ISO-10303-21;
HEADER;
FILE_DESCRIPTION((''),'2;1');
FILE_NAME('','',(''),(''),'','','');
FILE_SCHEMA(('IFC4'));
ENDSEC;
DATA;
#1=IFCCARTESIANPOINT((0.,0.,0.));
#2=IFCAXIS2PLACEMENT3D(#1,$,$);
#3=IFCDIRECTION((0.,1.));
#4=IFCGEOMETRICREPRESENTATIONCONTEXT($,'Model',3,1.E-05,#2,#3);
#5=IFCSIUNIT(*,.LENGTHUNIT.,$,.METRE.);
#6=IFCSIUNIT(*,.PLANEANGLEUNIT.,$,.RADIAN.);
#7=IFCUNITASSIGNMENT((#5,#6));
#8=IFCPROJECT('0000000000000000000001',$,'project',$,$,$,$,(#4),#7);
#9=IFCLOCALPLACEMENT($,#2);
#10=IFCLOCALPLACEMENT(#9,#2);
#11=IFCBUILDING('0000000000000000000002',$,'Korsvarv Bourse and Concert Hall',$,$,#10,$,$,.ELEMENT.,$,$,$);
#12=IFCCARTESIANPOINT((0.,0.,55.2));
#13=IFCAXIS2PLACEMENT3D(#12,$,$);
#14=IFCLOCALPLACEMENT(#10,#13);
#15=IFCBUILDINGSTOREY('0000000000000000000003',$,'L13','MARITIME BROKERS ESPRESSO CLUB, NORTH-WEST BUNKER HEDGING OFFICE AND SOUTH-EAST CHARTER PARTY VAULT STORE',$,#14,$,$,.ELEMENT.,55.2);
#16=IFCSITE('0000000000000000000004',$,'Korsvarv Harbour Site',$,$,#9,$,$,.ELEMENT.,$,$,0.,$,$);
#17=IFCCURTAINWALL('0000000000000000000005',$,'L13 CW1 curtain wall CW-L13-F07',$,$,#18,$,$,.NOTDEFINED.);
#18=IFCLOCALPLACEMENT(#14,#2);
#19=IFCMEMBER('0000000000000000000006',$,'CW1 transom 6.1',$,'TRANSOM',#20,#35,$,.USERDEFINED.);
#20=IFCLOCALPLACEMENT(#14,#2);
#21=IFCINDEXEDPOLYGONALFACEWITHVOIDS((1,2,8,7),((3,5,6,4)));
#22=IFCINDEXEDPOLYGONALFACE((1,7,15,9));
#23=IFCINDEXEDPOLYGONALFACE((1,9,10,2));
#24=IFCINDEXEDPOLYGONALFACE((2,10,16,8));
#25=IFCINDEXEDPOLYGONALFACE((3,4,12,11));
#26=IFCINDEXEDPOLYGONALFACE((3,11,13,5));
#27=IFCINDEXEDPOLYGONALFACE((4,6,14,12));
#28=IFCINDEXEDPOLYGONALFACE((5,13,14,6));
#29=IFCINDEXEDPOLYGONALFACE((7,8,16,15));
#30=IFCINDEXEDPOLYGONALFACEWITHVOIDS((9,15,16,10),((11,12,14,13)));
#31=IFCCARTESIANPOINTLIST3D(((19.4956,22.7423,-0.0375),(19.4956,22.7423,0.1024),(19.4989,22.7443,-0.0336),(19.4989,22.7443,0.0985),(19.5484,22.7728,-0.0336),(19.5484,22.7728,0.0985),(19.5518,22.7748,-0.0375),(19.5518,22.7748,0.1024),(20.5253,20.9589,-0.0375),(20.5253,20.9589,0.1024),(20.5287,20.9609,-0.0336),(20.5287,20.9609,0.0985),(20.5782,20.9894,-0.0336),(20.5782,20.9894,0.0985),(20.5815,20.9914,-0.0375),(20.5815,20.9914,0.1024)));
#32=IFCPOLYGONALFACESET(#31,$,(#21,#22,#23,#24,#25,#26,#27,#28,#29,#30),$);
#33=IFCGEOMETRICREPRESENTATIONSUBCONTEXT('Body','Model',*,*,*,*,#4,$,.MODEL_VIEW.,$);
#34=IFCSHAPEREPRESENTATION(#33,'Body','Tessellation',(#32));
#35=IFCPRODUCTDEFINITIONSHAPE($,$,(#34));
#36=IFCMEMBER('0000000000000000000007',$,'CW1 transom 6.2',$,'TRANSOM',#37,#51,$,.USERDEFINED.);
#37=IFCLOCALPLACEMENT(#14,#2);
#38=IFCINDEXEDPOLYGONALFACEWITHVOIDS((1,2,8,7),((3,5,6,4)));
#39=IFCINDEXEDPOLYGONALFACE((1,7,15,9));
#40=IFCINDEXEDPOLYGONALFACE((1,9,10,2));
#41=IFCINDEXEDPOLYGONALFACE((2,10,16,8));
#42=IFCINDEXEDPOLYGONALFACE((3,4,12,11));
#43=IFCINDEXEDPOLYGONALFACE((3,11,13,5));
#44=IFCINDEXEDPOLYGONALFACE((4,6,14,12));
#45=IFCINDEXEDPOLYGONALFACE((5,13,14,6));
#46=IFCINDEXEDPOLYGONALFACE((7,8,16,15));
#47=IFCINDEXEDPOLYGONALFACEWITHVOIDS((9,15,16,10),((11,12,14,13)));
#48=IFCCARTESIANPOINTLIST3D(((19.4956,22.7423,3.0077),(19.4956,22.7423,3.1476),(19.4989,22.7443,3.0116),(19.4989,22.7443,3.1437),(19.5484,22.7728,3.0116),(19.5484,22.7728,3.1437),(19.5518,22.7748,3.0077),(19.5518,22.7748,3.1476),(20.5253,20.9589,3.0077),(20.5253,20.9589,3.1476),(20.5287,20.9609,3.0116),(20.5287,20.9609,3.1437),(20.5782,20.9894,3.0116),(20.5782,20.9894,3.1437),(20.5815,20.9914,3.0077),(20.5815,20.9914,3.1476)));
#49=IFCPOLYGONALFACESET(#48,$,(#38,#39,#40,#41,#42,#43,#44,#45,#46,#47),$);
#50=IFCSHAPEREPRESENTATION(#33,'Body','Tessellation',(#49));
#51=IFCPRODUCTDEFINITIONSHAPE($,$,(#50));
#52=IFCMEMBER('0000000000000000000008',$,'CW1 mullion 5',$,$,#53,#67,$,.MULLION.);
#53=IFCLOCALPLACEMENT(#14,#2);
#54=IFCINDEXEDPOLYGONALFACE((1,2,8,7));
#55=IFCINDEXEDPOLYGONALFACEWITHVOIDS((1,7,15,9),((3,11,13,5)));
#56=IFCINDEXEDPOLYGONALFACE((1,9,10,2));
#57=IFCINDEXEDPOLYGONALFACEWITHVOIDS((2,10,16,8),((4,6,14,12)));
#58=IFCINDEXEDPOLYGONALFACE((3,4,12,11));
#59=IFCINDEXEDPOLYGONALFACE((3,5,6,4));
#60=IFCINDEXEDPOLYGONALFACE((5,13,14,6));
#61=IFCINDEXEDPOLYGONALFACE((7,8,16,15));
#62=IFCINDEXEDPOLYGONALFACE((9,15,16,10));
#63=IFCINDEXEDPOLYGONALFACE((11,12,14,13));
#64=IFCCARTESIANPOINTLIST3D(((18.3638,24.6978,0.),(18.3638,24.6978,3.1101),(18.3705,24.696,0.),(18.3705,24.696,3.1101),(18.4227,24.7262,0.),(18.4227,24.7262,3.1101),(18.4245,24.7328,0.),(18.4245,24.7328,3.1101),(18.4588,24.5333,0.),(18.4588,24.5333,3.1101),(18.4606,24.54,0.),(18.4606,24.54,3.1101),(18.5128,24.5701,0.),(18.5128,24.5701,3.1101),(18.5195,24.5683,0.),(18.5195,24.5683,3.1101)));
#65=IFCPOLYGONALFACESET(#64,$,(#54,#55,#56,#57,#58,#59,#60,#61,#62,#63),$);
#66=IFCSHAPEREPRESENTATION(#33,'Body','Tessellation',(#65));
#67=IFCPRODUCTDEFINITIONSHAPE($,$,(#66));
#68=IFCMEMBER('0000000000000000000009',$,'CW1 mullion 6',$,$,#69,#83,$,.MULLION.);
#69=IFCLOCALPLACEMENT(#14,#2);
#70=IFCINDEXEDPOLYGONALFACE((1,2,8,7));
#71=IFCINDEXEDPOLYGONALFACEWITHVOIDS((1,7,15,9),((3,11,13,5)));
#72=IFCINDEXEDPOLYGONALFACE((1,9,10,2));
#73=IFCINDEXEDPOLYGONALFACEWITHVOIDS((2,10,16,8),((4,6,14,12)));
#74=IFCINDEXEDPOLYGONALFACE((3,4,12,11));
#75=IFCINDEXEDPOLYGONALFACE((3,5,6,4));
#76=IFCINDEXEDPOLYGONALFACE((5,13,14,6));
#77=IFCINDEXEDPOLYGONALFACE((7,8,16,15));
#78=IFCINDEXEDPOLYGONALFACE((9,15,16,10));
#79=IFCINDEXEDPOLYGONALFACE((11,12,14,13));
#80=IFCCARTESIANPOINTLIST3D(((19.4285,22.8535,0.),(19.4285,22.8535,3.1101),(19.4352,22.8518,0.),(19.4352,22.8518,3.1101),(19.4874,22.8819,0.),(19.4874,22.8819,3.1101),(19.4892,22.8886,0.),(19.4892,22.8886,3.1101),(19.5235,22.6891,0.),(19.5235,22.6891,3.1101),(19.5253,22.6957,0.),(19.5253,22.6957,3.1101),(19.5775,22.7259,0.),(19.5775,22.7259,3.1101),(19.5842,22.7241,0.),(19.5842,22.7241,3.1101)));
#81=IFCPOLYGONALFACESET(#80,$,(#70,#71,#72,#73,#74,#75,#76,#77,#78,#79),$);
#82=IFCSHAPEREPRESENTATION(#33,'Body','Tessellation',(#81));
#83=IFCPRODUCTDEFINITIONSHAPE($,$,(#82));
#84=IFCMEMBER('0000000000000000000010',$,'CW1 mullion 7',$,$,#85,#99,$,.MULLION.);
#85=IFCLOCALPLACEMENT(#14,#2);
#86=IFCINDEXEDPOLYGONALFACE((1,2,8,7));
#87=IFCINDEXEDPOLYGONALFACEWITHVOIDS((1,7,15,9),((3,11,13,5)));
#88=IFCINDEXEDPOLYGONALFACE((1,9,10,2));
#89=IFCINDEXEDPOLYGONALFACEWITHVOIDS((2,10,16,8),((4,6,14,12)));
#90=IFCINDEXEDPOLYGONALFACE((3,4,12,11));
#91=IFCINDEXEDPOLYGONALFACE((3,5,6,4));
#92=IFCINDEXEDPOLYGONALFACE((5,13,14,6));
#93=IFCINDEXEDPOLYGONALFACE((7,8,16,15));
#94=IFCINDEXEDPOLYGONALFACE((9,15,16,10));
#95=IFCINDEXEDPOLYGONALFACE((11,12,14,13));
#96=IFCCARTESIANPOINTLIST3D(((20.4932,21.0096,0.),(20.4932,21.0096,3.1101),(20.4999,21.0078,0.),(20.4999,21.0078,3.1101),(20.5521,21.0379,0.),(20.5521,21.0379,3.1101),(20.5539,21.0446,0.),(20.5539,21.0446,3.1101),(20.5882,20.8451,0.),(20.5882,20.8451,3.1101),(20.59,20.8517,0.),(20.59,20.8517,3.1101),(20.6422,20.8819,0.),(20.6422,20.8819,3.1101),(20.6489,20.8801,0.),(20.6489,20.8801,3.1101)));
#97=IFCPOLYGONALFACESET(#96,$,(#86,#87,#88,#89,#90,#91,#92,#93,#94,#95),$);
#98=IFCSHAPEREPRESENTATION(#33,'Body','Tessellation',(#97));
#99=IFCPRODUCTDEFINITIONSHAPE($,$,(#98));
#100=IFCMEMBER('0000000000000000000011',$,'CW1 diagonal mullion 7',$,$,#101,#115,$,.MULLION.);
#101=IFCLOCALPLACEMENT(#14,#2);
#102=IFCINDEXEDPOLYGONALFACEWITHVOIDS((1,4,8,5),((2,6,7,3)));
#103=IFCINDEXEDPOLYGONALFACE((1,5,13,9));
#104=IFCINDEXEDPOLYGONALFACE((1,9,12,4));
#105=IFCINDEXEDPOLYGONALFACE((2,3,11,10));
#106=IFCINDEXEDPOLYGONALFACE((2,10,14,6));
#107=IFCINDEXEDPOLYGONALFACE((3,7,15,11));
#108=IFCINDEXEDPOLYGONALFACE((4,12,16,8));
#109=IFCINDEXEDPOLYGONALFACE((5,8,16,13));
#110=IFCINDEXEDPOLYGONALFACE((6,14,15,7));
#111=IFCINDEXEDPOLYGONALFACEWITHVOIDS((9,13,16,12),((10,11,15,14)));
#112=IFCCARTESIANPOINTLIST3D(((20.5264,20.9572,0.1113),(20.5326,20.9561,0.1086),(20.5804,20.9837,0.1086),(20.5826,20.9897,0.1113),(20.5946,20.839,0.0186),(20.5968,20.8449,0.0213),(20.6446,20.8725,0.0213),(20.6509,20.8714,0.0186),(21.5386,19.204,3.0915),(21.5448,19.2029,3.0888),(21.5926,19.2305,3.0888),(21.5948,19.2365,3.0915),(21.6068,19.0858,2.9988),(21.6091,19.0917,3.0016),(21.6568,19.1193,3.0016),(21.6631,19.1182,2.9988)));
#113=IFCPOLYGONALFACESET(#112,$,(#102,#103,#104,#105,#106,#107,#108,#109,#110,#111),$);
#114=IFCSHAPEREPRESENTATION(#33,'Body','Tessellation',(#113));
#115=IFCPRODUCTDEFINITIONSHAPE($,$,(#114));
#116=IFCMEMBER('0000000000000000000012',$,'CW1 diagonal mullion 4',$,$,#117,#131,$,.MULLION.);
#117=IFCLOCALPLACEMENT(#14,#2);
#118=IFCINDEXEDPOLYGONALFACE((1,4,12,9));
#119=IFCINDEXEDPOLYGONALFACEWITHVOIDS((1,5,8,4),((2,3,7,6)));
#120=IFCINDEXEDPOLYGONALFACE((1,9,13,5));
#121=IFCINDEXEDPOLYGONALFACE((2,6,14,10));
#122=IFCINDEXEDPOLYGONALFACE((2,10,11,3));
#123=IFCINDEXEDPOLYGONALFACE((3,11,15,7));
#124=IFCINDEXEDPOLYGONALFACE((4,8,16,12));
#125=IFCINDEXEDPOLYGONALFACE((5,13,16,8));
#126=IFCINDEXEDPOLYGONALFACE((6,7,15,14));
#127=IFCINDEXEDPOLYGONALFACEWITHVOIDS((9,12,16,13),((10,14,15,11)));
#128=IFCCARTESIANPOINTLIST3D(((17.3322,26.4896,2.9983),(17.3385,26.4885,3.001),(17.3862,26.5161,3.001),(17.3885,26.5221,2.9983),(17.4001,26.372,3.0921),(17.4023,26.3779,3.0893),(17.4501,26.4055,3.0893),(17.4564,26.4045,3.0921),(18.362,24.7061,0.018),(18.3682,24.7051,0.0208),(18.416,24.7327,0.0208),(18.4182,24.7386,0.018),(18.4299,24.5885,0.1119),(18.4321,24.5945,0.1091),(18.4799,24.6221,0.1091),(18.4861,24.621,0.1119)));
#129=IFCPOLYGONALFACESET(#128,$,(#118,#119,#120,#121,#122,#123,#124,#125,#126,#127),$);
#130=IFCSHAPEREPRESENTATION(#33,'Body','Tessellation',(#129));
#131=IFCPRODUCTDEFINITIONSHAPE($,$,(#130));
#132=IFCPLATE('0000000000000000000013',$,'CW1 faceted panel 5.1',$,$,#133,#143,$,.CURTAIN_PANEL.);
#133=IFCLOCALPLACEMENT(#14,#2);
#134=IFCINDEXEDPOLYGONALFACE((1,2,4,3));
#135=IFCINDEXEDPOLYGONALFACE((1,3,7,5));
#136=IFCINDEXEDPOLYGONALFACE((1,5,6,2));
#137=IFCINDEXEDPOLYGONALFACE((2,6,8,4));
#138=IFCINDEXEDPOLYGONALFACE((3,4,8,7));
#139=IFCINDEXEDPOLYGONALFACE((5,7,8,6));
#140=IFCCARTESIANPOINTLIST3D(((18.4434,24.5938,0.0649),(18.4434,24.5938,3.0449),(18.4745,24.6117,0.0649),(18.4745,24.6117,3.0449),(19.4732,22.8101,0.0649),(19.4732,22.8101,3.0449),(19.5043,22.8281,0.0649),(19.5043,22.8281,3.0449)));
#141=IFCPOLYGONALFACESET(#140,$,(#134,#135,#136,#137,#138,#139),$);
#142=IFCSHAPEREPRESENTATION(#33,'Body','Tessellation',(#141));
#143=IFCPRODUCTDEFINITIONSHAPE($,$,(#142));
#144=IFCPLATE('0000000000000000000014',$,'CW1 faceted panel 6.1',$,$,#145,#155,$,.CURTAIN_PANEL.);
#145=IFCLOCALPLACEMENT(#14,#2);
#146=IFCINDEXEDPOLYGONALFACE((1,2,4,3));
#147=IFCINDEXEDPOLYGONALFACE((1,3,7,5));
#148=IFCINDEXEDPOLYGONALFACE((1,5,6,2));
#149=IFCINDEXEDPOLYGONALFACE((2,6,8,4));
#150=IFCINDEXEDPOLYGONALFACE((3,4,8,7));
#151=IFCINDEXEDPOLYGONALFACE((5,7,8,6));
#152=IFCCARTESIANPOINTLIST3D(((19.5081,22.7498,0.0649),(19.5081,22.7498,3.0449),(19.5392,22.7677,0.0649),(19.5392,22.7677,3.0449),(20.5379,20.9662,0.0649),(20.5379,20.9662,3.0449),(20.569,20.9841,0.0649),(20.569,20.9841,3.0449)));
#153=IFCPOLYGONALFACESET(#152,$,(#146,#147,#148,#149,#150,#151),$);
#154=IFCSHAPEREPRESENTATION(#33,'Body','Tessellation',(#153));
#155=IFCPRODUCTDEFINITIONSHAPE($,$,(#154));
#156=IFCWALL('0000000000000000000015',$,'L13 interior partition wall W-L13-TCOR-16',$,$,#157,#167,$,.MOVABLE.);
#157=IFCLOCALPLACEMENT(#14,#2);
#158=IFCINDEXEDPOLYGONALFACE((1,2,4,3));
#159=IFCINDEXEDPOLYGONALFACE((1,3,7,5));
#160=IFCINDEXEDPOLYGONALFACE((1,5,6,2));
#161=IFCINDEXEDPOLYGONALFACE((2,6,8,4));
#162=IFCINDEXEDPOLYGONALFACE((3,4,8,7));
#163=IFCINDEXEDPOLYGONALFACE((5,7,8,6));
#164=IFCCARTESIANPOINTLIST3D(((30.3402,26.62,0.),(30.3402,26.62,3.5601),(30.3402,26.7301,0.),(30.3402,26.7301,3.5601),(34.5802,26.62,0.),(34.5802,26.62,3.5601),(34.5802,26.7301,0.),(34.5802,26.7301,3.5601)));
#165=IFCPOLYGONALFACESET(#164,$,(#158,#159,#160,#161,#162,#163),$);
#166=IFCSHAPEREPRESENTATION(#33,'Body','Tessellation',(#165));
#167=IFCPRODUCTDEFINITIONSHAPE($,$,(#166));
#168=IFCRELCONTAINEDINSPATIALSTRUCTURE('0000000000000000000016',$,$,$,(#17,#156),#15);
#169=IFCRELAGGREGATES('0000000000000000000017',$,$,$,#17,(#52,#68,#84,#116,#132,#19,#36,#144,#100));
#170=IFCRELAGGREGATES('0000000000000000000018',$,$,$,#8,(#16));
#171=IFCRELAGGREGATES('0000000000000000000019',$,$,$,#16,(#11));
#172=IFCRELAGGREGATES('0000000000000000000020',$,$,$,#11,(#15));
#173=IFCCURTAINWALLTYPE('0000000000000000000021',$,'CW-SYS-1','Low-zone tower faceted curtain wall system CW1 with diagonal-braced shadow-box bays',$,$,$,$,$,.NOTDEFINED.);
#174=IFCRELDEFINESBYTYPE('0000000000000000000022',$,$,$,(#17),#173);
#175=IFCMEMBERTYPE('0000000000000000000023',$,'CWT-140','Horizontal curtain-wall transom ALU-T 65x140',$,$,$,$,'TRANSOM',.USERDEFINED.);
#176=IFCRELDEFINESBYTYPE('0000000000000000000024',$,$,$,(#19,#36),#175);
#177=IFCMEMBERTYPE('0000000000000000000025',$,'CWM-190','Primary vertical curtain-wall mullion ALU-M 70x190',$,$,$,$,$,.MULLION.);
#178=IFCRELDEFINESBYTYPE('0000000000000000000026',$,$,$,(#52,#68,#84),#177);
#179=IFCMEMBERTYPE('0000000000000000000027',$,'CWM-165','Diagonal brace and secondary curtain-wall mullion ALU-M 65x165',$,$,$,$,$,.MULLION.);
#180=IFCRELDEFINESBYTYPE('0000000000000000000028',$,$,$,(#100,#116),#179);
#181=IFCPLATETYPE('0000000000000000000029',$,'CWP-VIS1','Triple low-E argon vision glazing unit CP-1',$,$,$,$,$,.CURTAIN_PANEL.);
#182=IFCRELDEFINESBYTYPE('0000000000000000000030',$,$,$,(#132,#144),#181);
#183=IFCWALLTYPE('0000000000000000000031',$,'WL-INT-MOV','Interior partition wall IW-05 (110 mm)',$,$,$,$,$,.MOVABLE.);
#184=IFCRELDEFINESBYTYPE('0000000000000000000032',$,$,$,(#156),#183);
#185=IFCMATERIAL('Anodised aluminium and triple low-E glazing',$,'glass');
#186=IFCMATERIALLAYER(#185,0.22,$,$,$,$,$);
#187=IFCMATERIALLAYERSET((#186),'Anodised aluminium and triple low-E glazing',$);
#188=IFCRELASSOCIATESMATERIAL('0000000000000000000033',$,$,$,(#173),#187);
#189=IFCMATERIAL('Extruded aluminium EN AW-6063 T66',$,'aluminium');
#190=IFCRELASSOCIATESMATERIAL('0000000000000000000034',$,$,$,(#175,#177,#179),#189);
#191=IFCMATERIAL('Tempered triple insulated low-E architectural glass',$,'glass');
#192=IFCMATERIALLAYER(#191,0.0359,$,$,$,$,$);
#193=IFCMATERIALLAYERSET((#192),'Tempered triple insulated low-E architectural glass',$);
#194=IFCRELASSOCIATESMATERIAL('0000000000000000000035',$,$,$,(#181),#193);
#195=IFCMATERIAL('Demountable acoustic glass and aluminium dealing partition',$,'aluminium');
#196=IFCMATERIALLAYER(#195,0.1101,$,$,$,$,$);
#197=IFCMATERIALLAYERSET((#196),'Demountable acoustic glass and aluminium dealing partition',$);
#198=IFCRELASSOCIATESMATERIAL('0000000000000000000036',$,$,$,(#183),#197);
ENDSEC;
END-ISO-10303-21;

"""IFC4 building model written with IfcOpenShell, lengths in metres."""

from ifc_helpers import new_model, si_unit, direction, frame, frame_2d, origin, origin_2d, place, context, subcontext, project, spatial, rectangle, hollow_rectangle, extrude, source, transform, mapped, material, layer, layer_set, material_profile, profile_set, type_object, element, aggregate, save


model = new_model("IFC4")

# Units and contexts
model_context = context("Model", 3, precision=1e-05, world=origin(), true_north=direction((0.0, 1.0)))
body_context = subcontext(model_context, "Body", "Model", "MODEL_VIEW")
ifc_project = project(units=[si_unit("LENGTHUNIT", "METRE"), si_unit("PLANEANGLEUNIT", "RADIAN")], contexts=[model_context])

# Site, building, storey
site_placement = place(None, origin())
site = spatial("IfcSite", under=ifc_project, at=site_placement, Name="Korsvarv Harbour Site", CompositionType="ELEMENT", RefElevation=0.0)
building_placement = place(site_placement, origin())
building = spatial("IfcBuilding", under=site, at=building_placement, Name="Korsvarv Bourse and Concert Hall", CompositionType="ELEMENT")
storey_placement = place(building_placement, frame((0.0, 0.0, 55.2)))
storey = spatial("IfcBuildingStorey", under=building, at=storey_placement, Name="L13", Description="MARITIME BROKERS ESPRESSO CLUB, NORTH-WEST BUNKER HEDGING OFFICE AND SOUTH-EAST CHARTER PARTY VAULT STORE", CompositionType="ELEMENT", Elevation=55.2)

# Curtain wall, members, plates
ifc_material_1 = material(Name="Anodised aluminium and triple low-E glazing", Category="glass")
ifc_layer_1 = layer(ifc_material_1, 0.22)
ifc_layer_set_1 = layer_set([ifc_layer_1], Name="Anodised aluminium and triple low-E glazing")
curtain_wall_type = type_object("IfcCurtainWallType", Name="CW-SYS-1", Description="Low-zone tower faceted curtain wall system CW1 with diagonal-braced shadow-box bays", PredefinedType="NOTDEFINED", material=ifc_layer_set_1)
curtain_wall_placement = place(storey_placement, origin())
curtain_wall = element("IfcCurtainWall", 1, at=curtain_wall_placement, inside=storey, type_object=curtain_wall_type, Name="L13 CW1 curtain wall CW-L13-F07", PredefinedType="NOTDEFINED")
ifc_material_2 = material(Name="Extruded aluminium EN AW-6063 T66", Category="aluminium")
ifc_material_profile_1 = material_profile(ifc_material_2, hollow_rectangle(XDim=0.0649, YDim=0.1399, WallThickness=0.0039, at=origin_2d()), Name="ALU-T 65x140")
ifc_profile_set_1 = profile_set([ifc_material_profile_1], Name="Extruded aluminium EN AW-6063 T66")
member_type_1 = type_object("IfcMemberType", Name="CWT-140", Description="Horizontal curtain-wall transom ALU-T 65x140", ElementType="TRANSOM", PredefinedType="USERDEFINED", material=ifc_profile_set_1)
shared_shape_1 = source(origin(), body_context, "Body", "SweptSolid", [
    extrude(hollow_rectangle(XDim=0.0649, YDim=0.1399, WallThickness=0.0039, at=origin_2d()), origin(), (0.0, 0.0, 1.0), 2.0593),
])
member_1_placement = place(storey_placement, frame((19.5237, 22.7585, 0.0325), z_axis=(0.500041, -0.866002, 0.0), x_axis=(0.866002, 0.500041, 0.0)))
member_1 = element("IfcMember", 2, at=member_1_placement, type_object=member_type_1, Name="CW1 transom 6.1", ObjectType="TRANSOM", PredefinedType="USERDEFINED", context=body_context, shape_type="MappedRepresentation", body=[
    mapped(shared_shape_1, transform((0.0, 0.0, 0.0), scale=1.0)),
])
member_2_placement = place(storey_placement, frame((19.5237, 22.7585, 3.0776), z_axis=(0.500041, -0.866002, 0.0), x_axis=(0.866002, 0.500041, 0.0)))
member_2 = element("IfcMember", 3, at=member_2_placement, type_object=member_type_1, Name="CW1 transom 6.2", ObjectType="TRANSOM", PredefinedType="USERDEFINED", context=body_context, shape_type="MappedRepresentation", body=[
    mapped(shared_shape_1, transform((0.0, 0.0, 0.0), scale=1.0)),
])
ifc_material_profile_2 = material_profile(ifc_material_2, hollow_rectangle(XDim=0.0701, YDim=0.1899, WallThickness=0.0049, at=origin_2d()), Name="ALU-M 70x190")
ifc_profile_set_2 = profile_set([ifc_material_profile_2], Name="Extruded aluminium EN AW-6063 T66")
member_type_2 = type_object("IfcMemberType", Name="CWM-190", Description="Primary vertical curtain-wall mullion ALU-M 70x190", PredefinedType="MULLION", material=ifc_profile_set_2)
shared_shape_2 = source(origin(), body_context, "Body", "SweptSolid", [
    extrude(hollow_rectangle(XDim=0.0701, YDim=0.1899, WallThickness=0.0049, at=origin_2d()), origin(), (0.0, 0.0, 1.0), 3.1101),
])
member_3_placement = place(storey_placement, frame((18.4417, 24.6331, 0.0), z_axis=(0.0, 0.0, 1.0), x_axis=(0.866025, 0.5, 0.0)))
member_3 = element("IfcMember", 4, at=member_3_placement, type_object=member_type_2, Name="CW1 mullion 5", PredefinedType="MULLION", context=body_context, shape_type="MappedRepresentation", body=[
    mapped(shared_shape_2, transform((0.0, 0.0, 0.0), scale=1.0)),
])
member_4_placement = place(storey_placement, frame((19.5063, 22.7888, 0.0), z_axis=(0.0, 0.0, 1.0), x_axis=(0.866025, 0.5, 0.0)))
member_4 = element("IfcMember", 5, at=member_4_placement, type_object=member_type_2, Name="CW1 mullion 6", PredefinedType="MULLION", context=body_context, shape_type="MappedRepresentation", body=[
    mapped(shared_shape_2, transform((0.0, 0.0, 0.0), scale=1.0)),
])
member_5_placement = place(storey_placement, frame((20.571, 20.9448, 0.0), z_axis=(0.0, 0.0, 1.0), x_axis=(0.866025, 0.5, 0.0)))
member_5 = element("IfcMember", 6, at=member_5_placement, type_object=member_type_2, Name="CW1 mullion 7", PredefinedType="MULLION", context=body_context, shape_type="MappedRepresentation", body=[
    mapped(shared_shape_2, transform((0.0, 0.0, 0.0), scale=1.0)),
])
ifc_material_profile_3 = material_profile(ifc_material_2, hollow_rectangle(XDim=0.0649, YDim=0.165, WallThickness=0.0049, at=origin_2d()), Name="ALU-M 65x165")
ifc_profile_set_3 = profile_set([ifc_material_profile_3], Name="Extruded aluminium EN AW-6063 T66")
member_type_3 = type_object("IfcMemberType", Name="CWM-165", Description="Diagonal brace and secondary curtain-wall mullion ALU-M 65x165", PredefinedType="MULLION", material=ifc_profile_set_3)
shared_shape_3 = source(origin(), body_context, "Body", "SweptSolid", [
    extrude(hollow_rectangle(XDim=0.0649, YDim=0.165, WallThickness=0.0049, at=origin_2d()), origin(), (0.0, 0.0, 1.0), 3.6028),
])
member_6_placement = place(storey_placement, frame((20.5886, 20.9143, 0.0649), z_axis=(0.280953, -0.486619, 0.827205), x_axis=(0.866023, 0.500004, 0.0)))
member_6 = element("IfcMember", 7, at=member_6_placement, type_object=member_type_3, Name="CW1 diagonal mullion 7", PredefinedType="MULLION", context=body_context, shape_type="MappedRepresentation", body=[
    mapped(shared_shape_3, transform((0.0, 0.0, 0.0), scale=1.0)),
])
shared_shape_4 = source(origin(), body_context, "Body", "SweptSolid", [
    extrude(hollow_rectangle(XDim=0.0649, YDim=0.165, WallThickness=0.0049, at=origin_2d()), origin(), (0.0, 0.0, 1.0), 3.6226),
])
member_7_placement = place(storey_placement, frame((18.4241, 24.6636, 0.0649), z_axis=(-0.284271, 0.492318, 0.822687), x_axis=(-0.866002, -0.500041, 0.0)))
member_7 = element("IfcMember", 8, at=member_7_placement, type_object=member_type_3, Name="CW1 diagonal mullion 4", PredefinedType="MULLION", context=body_context, shape_type="MappedRepresentation", body=[
    mapped(shared_shape_4, transform((0.0, 0.0, 0.0), scale=1.0)),
])
ifc_material_3 = material(Name="Tempered triple insulated low-E architectural glass", Category="glass")
ifc_layer_2 = layer(ifc_material_3, 0.0359)
ifc_layer_set_2 = layer_set([ifc_layer_2], Name="Tempered triple insulated low-E architectural glass")
plate_type = type_object("IfcPlateType", Name="CWP-VIS1", Description="Triple low-E argon vision glazing unit CP-1", PredefinedType="CURTAIN_PANEL", material=ifc_layer_set_2)
shared_shape_5 = source(origin(), body_context, "Body", "SweptSolid", [
    extrude(rectangle(XDim=2.0596, YDim=0.0359, at=origin_2d()), origin(), (0.0, 0.0, 1.0), 2.98),
])
plate_1_placement = place(storey_placement, frame((18.9739, 23.7109, 0.0649), z_axis=(0.0, 0.0, 1.0), x_axis=(0.5, -0.866025, 0.0)))
plate_1 = element("IfcPlate", 9, at=plate_1_placement, type_object=plate_type, Name="CW1 faceted panel 5.1", PredefinedType="CURTAIN_PANEL", context=body_context, shape_type="MappedRepresentation", body=[
    mapped(shared_shape_5, transform((0.0, 0.0, 0.0), scale=1.0)),
])
plate_2_placement = place(storey_placement, frame((20.0386, 21.8669, 0.0649), z_axis=(0.0, 0.0, 1.0), x_axis=(0.5, -0.866025, 0.0)))
plate_2 = element("IfcPlate", 10, at=plate_2_placement, type_object=plate_type, Name="CW1 faceted panel 6.1", PredefinedType="CURTAIN_PANEL", context=body_context, shape_type="MappedRepresentation", body=[
    mapped(shared_shape_5, transform((0.0, 0.0, 0.0), scale=1.0)),
])
aggregate(curtain_wall, [member_3, member_4, member_5, member_7, plate_1, member_1, member_2, plate_2, member_6])

# Wall
ifc_material_4 = material(Name="Demountable acoustic glass and aluminium dealing partition", Category="aluminium")
ifc_layer_3 = layer(ifc_material_4, 0.1101)
ifc_layer_set_3 = layer_set([ifc_layer_3], Name="Demountable acoustic glass and aluminium dealing partition")
wall_type_1 = type_object("IfcWallType", Name="WL-INT-MOV", Description="Interior partition wall IW-05 (110 mm)", PredefinedType="MOVABLE", material=ifc_layer_set_3)
wall_1_placement = place(storey_placement, frame((30.3401, 26.675, 0.0), z_axis=(0.0, 0.0, 1.0), x_axis=(1.0, 0.0, 0.0)))
element("IfcWall", 11, at=wall_1_placement, inside=storey, type_object=wall_type_1, Name="L13 interior partition wall W-L13-TCOR-16", PredefinedType="MOVABLE", context=body_context, shape_type="SweptSolid", body=[
    extrude(rectangle(XDim=4.24, YDim=0.1101, at=frame_2d((2.1201, 0.0))), origin(), (0.0, 0.0, 1.0), 3.5601),
])

save(model, "model.ifc")
